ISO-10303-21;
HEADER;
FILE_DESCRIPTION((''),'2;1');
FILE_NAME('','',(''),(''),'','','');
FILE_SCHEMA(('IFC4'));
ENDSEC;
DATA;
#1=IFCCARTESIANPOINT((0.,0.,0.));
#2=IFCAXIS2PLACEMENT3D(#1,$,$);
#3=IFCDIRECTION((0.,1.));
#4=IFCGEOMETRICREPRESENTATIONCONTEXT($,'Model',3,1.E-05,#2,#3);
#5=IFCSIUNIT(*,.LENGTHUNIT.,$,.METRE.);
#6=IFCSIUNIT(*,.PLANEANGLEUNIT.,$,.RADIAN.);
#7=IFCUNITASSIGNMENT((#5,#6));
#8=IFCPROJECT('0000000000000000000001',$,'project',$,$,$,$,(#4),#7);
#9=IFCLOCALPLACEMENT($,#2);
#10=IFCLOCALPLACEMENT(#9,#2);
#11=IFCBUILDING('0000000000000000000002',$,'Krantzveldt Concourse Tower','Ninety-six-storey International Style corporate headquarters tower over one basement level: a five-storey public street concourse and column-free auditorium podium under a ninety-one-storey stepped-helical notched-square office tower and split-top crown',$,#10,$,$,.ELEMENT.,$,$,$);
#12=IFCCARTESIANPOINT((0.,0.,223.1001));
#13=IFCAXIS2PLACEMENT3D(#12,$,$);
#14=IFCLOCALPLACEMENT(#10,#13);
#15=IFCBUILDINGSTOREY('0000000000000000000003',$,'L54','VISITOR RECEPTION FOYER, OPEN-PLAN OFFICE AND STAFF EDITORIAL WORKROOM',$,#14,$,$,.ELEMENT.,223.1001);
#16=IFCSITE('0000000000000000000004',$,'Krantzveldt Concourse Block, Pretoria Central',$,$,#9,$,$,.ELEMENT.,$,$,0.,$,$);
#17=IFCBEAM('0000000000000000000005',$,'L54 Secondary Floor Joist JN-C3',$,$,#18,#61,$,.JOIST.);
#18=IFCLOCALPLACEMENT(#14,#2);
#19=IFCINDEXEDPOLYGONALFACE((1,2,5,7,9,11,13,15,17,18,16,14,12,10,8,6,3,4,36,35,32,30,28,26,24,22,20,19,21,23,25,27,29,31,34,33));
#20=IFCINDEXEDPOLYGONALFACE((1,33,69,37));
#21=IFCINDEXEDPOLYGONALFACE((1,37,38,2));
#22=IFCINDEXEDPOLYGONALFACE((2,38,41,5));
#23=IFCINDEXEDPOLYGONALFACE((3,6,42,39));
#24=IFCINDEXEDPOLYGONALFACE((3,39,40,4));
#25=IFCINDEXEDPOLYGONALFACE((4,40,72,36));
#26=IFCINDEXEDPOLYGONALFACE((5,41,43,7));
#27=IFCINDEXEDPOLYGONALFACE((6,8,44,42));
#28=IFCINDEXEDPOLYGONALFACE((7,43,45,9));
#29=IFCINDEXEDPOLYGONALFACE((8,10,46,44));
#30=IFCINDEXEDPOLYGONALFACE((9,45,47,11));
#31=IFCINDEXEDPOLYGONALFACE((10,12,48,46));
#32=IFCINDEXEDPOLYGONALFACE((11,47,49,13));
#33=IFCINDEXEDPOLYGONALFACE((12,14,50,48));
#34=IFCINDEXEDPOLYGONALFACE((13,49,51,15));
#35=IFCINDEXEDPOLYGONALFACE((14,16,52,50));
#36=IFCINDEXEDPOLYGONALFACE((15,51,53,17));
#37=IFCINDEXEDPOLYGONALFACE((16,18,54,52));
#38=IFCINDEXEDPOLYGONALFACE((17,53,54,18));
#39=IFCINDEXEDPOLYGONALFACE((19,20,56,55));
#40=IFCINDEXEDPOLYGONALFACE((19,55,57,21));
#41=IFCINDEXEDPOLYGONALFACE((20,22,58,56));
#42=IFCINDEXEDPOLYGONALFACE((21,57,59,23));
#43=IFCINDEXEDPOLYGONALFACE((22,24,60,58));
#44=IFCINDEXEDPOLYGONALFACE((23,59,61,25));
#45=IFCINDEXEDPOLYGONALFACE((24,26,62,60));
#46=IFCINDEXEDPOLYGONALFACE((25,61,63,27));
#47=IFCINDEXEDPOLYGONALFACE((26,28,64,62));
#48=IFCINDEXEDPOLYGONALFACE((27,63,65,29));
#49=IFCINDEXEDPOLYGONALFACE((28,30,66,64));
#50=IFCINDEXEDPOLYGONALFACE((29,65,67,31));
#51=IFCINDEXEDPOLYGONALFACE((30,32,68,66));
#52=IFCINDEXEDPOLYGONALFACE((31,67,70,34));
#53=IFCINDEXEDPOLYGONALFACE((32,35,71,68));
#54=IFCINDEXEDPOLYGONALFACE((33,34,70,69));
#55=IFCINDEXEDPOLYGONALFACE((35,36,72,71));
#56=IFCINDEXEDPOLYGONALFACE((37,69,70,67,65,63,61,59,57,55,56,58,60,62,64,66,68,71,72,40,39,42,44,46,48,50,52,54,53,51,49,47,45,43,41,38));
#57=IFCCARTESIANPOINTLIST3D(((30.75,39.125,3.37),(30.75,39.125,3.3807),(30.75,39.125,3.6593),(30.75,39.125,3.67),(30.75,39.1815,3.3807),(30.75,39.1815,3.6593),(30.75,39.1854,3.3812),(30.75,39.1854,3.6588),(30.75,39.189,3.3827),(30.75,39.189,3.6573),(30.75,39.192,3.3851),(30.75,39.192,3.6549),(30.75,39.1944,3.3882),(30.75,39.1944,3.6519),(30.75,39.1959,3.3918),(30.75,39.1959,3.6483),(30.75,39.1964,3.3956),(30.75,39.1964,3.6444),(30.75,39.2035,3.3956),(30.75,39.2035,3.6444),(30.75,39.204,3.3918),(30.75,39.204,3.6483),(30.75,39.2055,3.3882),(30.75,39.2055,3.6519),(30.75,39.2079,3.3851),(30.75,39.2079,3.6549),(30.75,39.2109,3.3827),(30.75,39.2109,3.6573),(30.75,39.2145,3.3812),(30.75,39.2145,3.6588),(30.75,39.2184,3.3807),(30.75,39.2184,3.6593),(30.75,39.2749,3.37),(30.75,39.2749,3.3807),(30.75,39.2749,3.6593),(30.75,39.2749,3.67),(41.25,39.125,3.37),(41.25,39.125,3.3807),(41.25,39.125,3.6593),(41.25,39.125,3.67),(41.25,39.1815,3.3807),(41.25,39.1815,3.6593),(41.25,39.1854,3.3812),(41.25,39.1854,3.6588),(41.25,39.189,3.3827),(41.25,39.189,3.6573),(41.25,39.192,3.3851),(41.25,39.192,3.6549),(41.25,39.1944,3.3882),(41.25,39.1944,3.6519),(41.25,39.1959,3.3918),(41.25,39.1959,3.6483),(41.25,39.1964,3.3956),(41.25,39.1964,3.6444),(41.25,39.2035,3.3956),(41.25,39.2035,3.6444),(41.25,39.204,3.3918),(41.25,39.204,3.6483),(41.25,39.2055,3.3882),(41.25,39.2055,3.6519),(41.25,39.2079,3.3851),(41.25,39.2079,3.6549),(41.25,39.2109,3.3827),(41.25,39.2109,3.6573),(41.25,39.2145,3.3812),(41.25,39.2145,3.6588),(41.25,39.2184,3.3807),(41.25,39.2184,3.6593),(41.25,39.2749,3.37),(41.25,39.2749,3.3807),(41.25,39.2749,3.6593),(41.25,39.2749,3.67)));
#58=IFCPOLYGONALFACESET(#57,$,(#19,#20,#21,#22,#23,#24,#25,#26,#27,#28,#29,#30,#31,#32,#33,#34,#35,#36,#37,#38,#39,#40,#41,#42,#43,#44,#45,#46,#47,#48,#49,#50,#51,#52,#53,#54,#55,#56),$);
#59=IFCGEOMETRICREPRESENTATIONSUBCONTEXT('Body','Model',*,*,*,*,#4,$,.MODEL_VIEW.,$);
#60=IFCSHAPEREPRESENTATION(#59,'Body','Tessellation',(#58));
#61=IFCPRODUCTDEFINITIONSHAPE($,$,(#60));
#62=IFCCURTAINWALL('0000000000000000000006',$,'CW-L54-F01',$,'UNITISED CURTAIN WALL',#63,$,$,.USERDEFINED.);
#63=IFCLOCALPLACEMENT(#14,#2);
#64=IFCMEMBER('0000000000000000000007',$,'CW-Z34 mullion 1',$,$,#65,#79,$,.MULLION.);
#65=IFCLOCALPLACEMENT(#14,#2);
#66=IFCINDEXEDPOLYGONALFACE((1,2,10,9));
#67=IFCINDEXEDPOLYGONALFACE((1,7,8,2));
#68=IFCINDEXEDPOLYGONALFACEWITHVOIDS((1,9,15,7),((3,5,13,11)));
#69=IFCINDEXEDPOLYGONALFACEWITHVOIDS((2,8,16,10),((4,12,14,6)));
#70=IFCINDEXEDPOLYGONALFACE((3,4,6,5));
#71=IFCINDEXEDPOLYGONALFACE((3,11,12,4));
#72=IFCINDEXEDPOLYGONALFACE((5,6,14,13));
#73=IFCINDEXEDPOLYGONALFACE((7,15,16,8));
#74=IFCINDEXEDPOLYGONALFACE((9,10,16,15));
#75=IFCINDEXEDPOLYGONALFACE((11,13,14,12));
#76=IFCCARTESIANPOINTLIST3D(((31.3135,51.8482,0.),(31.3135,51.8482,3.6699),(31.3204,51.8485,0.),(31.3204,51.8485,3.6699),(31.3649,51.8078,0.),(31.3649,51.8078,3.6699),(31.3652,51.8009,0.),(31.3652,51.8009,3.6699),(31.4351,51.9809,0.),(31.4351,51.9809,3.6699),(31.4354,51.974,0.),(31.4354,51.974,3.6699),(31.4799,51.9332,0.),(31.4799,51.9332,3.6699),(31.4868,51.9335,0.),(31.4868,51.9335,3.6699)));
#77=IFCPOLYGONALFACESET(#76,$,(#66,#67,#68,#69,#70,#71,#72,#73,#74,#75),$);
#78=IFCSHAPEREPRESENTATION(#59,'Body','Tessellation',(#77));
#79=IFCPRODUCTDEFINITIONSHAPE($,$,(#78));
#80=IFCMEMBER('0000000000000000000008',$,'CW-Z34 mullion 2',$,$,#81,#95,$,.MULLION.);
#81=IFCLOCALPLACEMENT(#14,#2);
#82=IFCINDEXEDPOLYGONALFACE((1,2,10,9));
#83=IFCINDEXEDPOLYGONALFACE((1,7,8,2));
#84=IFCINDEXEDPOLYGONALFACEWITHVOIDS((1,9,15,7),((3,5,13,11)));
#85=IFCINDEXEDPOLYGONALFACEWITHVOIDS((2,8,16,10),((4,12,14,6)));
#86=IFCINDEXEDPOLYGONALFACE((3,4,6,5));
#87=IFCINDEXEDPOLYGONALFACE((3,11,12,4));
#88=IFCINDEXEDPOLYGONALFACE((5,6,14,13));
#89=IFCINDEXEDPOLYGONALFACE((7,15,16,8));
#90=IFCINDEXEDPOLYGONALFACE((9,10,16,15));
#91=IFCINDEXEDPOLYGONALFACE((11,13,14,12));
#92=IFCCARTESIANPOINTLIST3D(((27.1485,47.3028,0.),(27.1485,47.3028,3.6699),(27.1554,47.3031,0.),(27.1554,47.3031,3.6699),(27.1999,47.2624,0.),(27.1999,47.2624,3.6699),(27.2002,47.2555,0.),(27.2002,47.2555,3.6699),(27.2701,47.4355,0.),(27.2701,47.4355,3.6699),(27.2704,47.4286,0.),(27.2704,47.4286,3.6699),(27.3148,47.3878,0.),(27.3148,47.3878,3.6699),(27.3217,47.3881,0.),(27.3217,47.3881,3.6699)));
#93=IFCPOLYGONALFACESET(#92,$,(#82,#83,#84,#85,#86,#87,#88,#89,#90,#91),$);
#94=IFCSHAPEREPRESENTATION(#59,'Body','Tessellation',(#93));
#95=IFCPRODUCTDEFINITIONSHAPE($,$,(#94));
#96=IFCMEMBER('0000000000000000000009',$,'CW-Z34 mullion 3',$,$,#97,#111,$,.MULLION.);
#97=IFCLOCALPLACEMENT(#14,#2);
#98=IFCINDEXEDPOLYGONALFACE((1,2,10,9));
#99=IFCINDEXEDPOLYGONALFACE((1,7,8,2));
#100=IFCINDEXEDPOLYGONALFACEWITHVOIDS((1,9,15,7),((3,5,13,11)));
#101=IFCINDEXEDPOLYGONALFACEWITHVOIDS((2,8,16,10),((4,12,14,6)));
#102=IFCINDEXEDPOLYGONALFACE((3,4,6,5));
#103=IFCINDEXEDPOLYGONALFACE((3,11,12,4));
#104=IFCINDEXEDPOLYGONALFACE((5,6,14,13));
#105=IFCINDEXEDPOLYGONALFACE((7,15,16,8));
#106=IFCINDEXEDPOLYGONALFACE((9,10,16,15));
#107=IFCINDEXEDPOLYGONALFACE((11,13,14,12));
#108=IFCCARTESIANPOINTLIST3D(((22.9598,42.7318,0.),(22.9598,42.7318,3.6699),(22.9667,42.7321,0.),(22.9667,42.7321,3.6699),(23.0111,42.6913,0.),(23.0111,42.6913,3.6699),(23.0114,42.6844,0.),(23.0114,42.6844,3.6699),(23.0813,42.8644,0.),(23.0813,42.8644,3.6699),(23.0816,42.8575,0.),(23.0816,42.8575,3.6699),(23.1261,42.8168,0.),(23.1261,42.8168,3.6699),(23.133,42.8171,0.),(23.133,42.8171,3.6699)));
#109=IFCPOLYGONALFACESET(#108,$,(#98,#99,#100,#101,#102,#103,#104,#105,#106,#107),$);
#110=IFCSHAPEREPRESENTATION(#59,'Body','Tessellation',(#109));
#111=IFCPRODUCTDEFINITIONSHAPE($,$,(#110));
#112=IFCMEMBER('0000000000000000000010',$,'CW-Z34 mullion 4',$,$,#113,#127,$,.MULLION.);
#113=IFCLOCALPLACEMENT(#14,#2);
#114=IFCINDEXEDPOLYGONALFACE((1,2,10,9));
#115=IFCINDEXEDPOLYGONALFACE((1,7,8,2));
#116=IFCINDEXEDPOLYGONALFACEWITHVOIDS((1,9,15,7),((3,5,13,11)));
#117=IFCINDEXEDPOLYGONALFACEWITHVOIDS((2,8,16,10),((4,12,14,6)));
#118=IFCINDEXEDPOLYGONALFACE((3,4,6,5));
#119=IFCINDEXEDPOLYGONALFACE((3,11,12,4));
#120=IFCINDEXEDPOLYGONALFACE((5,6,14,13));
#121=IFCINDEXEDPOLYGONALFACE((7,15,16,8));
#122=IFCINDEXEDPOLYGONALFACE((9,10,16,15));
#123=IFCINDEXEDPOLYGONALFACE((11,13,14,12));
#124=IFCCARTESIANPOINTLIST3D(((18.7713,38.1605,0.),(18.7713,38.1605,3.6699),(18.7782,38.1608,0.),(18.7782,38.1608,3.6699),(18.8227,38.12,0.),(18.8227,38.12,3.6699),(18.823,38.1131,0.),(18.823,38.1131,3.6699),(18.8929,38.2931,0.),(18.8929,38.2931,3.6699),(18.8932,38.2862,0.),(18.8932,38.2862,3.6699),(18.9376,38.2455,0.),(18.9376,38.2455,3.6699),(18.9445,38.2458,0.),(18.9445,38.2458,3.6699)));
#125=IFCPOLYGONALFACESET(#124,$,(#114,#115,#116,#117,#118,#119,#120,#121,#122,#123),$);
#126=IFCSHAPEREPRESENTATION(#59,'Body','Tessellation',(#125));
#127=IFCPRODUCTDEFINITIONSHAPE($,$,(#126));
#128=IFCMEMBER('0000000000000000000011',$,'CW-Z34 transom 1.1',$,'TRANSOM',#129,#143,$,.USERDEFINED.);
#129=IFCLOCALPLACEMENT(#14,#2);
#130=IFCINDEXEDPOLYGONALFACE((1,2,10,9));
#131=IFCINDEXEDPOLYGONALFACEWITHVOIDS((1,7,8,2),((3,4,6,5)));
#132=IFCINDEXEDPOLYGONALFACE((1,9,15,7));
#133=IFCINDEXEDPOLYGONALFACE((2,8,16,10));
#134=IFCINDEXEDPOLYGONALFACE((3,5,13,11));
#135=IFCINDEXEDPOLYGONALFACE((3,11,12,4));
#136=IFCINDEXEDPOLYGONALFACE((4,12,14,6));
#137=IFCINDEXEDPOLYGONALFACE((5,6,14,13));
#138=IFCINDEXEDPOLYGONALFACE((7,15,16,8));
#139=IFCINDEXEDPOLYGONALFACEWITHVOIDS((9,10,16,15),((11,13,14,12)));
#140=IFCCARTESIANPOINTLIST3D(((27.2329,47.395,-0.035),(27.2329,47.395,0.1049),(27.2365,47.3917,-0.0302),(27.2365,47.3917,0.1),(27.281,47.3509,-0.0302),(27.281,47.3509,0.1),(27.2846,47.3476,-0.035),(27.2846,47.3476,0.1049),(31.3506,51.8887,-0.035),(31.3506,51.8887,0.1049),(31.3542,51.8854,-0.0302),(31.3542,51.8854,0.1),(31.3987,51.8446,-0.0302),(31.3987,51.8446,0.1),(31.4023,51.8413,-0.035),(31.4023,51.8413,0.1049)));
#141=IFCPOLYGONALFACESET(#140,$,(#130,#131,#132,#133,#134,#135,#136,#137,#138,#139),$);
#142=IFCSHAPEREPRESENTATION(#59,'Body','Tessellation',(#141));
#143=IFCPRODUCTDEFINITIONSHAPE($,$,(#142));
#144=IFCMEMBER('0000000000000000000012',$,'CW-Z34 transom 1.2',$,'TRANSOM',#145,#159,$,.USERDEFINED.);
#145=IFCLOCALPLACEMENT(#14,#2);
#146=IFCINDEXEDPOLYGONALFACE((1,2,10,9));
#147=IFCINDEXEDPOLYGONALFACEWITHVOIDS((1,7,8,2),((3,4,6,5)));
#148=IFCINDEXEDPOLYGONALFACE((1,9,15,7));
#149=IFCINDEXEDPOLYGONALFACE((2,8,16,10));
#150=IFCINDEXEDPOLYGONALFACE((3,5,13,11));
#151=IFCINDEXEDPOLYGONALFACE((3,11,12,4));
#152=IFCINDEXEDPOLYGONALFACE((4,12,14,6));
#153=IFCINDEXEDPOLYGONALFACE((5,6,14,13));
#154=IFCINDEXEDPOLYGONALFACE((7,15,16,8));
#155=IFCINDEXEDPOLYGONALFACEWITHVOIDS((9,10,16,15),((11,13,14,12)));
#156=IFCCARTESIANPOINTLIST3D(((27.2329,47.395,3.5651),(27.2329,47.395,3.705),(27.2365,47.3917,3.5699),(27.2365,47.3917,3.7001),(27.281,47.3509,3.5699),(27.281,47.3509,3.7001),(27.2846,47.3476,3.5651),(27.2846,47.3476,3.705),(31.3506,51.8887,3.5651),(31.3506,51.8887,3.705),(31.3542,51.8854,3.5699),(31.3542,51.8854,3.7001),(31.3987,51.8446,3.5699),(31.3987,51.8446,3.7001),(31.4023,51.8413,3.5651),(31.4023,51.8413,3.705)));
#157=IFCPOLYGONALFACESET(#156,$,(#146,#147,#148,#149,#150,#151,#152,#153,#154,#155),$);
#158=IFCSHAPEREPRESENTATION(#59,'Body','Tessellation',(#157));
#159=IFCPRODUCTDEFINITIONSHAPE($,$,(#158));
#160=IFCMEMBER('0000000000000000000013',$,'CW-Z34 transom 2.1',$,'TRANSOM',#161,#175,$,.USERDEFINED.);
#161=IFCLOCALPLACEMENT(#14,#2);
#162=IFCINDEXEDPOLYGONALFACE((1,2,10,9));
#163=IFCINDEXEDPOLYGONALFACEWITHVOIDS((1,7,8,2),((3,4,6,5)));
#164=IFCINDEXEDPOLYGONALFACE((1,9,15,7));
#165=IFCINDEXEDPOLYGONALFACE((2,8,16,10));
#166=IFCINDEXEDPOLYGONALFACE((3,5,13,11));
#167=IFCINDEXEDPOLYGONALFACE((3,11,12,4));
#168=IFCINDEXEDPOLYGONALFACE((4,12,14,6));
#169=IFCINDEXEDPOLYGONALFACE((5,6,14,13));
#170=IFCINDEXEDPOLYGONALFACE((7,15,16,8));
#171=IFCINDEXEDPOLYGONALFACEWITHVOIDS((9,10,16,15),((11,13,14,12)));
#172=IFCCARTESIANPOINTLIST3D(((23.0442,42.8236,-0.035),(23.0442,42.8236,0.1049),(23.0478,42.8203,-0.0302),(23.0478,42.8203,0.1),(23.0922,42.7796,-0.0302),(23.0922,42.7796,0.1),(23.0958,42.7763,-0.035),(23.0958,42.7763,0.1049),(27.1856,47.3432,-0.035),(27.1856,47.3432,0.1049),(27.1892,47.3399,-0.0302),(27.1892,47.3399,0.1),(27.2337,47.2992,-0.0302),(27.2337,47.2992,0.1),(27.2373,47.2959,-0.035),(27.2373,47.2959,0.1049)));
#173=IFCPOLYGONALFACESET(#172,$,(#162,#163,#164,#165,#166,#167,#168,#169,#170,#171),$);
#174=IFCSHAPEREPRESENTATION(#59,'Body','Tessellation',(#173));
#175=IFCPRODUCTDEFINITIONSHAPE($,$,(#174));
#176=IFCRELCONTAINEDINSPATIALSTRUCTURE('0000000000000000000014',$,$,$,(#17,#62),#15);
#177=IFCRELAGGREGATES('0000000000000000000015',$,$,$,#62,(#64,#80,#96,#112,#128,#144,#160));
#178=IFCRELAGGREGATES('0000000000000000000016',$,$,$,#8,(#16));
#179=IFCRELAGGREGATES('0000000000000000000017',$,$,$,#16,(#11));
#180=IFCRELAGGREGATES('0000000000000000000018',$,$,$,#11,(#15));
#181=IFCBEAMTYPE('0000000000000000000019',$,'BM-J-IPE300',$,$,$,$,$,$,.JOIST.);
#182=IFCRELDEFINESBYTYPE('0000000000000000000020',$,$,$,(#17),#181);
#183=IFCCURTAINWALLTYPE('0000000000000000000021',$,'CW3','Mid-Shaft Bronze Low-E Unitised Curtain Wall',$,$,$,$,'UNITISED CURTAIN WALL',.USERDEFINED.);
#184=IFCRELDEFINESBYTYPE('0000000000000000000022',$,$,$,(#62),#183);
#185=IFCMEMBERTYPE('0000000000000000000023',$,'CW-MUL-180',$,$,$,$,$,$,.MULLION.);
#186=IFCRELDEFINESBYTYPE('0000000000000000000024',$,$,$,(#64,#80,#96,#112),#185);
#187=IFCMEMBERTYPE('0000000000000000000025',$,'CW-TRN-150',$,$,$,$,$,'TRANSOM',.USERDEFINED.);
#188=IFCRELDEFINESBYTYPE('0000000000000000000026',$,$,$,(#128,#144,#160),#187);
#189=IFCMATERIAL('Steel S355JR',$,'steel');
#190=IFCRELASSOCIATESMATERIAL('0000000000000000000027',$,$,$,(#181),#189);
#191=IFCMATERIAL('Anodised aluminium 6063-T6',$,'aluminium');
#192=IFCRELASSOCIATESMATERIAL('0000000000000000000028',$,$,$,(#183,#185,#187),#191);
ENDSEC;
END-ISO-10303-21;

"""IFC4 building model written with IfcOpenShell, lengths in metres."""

from ifc_helpers import new_model, si_unit, direction, frame, origin, origin_2d, place, context, subcontext, project, spatial, hollow_rectangle, i_section, extrude, source, transform, mapped, material, material_profile, profile_set, type_object, type_shapes, element, aggregate, save


model = new_model("IFC4")

# Units and contexts
model_context = context("Model", 3, precision=1e-05, world=origin(), true_north=direction((0.0, 1.0)))
body_context = subcontext(model_context, "Body", "Model", "MODEL_VIEW")
ifc_project = project(units=[si_unit("LENGTHUNIT", "METRE"), si_unit("PLANEANGLEUNIT", "RADIAN")], contexts=[model_context])

# Site, building, storey
site_placement = place(None, origin())
site = spatial("IfcSite", under=ifc_project, at=site_placement, Name="Krantzveldt Concourse Block, Pretoria Central", CompositionType="ELEMENT", RefElevation=0.0)
building_placement = place(site_placement, origin())
building = spatial("IfcBuilding", under=site, at=building_placement, Name="Krantzveldt Concourse Tower", Description="Ninety-six-storey International Style corporate headquarters tower over one basement level: a five-storey public street concourse and column-free auditorium podium under a ninety-one-storey stepped-helical notched-square office tower and split-top crown", CompositionType="ELEMENT")
storey_placement = place(building_placement, frame((0.0, 0.0, 223.1001)))
storey = spatial("IfcBuildingStorey", under=building, at=storey_placement, Name="L54", Description="VISITOR RECEPTION FOYER, OPEN-PLAN OFFICE AND STAFF EDITORIAL WORKROOM", CompositionType="ELEMENT", Elevation=223.1001)

# Beam
ifc_material_1 = material(Name="Steel S355JR", Category="steel")
ifc_material_profile_1 = material_profile(ifc_material_1, i_section(OverallWidth=0.1499, OverallDepth=0.3, WebThickness=0.0071, FlangeThickness=0.0107, FilletRadius=0.0149, at=origin_2d()), Name="Steel S355JR", Category="steel")
ifc_profile_set_1 = profile_set([ifc_material_profile_1], Name="Steel S355JR - IPE 300")
beam_type_1 = type_object("IfcBeamType", Name="BM-J-IPE300", PredefinedType="JOIST", material=ifc_profile_set_1)
shared_shape_1 = source(origin(), body_context, "Body", "SweptSolid", [
    extrude(i_section(OverallWidth=0.1499, OverallDepth=0.3, WebThickness=0.0071, FlangeThickness=0.0107, FilletRadius=0.0149, at=origin_2d()), origin(), (0.0, 0.0, 1.0), 10.5),
])
type_shapes(beam_type_1, [shared_shape_1])
beam_1_placement = place(storey_placement, frame((30.75, 39.2, 3.52), z_axis=(1.0, 0.0, 0.0), x_axis=(0.0, 1.0, 0.0)))
element("IfcBeam", 1, at=beam_1_placement, inside=storey, type_object=beam_type_1, Name="L54 Secondary Floor Joist JN-C3", PredefinedType="JOIST", context=body_context, shape_type="MappedRepresentation", body=[
    mapped(shared_shape_1, transform((0.0, 0.0, 0.0), x_axis=(1.0, 0.0, 0.0), y_axis=(0.0, 1.0, 0.0), z_axis=(0.0, 0.0, 1.0), scale=1.0)),
])

# Curtain wall, members
ifc_material_2 = material(Name="Anodised aluminium 6063-T6", Category="aluminium")
curtain_wall_type = type_object("IfcCurtainWallType", Name="CW3", Description="Mid-Shaft Bronze Low-E Unitised Curtain Wall", ElementType="UNITISED CURTAIN WALL", PredefinedType="USERDEFINED", material=ifc_material_2)
curtain_wall_placement = place(storey_placement, origin())
curtain_wall = element("IfcCurtainWall", 2, at=curtain_wall_placement, inside=storey, type_object=curtain_wall_type, Name="CW-L54-F01", ObjectType="UNITISED CURTAIN WALL", PredefinedType="USERDEFINED")
ifc_material_profile_2 = material_profile(ifc_material_2, hollow_rectangle(XDim=0.0701, YDim=0.1799, WallThickness=0.0049, at=origin_2d()), Name="Anodised aluminium 6063-T6", Category="aluminium")
ifc_profile_set_2 = profile_set([ifc_material_profile_2], Name="Anodised aluminium 6063-T6 - ALU-MULL 180x70x5")
member_type_1 = type_object("IfcMemberType", Name="CW-MUL-180", PredefinedType="MULLION", material=ifc_profile_set_2)
shared_shape_2 = source(origin(), body_context, "Body", "SweptSolid", [
    extrude(hollow_rectangle(XDim=0.0701, YDim=0.1799, WallThickness=0.0049, at=origin_2d()), origin(), (0.0, 0.0, 1.0), 3.6699),
])
type_shapes(member_type_1, [shared_shape_2])
member_1_placement = place(storey_placement, frame((31.4001, 51.8909, 0.0), z_axis=(0.0, 0.0, 1.0), x_axis=(0.737277, -0.67559, 0.0)))
member_1 = element("IfcMember", 3, at=member_1_placement, type_object=member_type_1, Name="CW-Z34 mullion 1", PredefinedType="MULLION", context=body_context, shape_type="MappedRepresentation", body=[
    mapped(shared_shape_2, transform((0.0, 0.0, 0.0), x_axis=(1.0, 0.0, 0.0), y_axis=(0.0, 1.0, 0.0), z_axis=(0.0, 0.0, 1.0), scale=1.0)),
])
member_2_placement = place(storey_placement, frame((27.2351, 47.3455, 0.0), z_axis=(0.0, 0.0, 1.0), x_axis=(0.737277, -0.67559, 0.0)))
member_2 = element("IfcMember", 4, at=member_2_placement, type_object=member_type_1, Name="CW-Z34 mullion 2", PredefinedType="MULLION", context=body_context, shape_type="MappedRepresentation", body=[
    mapped(shared_shape_2, transform((0.0, 0.0, 0.0), x_axis=(1.0, 0.0, 0.0), y_axis=(0.0, 1.0, 0.0), z_axis=(0.0, 0.0, 1.0), scale=1.0)),
])
member_3_placement = place(storey_placement, frame((23.0464, 42.7744, 0.0), z_axis=(0.0, 0.0, 1.0), x_axis=(0.737277, -0.67559, 0.0)))
member_3 = element("IfcMember", 5, at=member_3_placement, type_object=member_type_1, Name="CW-Z34 mullion 3", PredefinedType="MULLION", context=body_context, shape_type="MappedRepresentation", body=[
    mapped(shared_shape_2, transform((0.0, 0.0, 0.0), x_axis=(1.0, 0.0, 0.0), y_axis=(0.0, 1.0, 0.0), z_axis=(0.0, 0.0, 1.0), scale=1.0)),
])
member_4_placement = place(storey_placement, frame((18.8579, 38.2031, 0.0), z_axis=(0.0, 0.0, 1.0), x_axis=(0.737277, -0.67559, 0.0)))
member_4 = element("IfcMember", 6, at=member_4_placement, type_object=member_type_1, Name="CW-Z34 mullion 4", PredefinedType="MULLION", context=body_context, shape_type="MappedRepresentation", body=[
    mapped(shared_shape_2, transform((0.0, 0.0, 0.0), x_axis=(1.0, 0.0, 0.0), y_axis=(0.0, 1.0, 0.0), z_axis=(0.0, 0.0, 1.0), scale=1.0)),
])
ifc_material_profile_3 = material_profile(ifc_material_2, hollow_rectangle(XDim=0.0701, YDim=0.1399, WallThickness=0.0049, at=origin_2d()), Name="Anodised aluminium 6063-T6", Category="aluminium")
ifc_profile_set_3 = profile_set([ifc_material_profile_3], Name="Anodised aluminium 6063-T6 - ALU-TRAN 140x70x5")
member_type_2 = type_object("IfcMemberType", Name="CW-TRN-150", ElementType="TRANSOM", PredefinedType="USERDEFINED", material=ifc_profile_set_3)
shared_shape_3 = source(origin(), body_context, "Body", "SweptSolid", [
    extrude(hollow_rectangle(XDim=0.0701, YDim=0.1399, WallThickness=0.0049, at=origin_2d()), origin(), (0.0, 0.0, 1.0), 6.095),
])
member_5_placement = place(storey_placement, frame((31.3765, 51.865, 0.0349), z_axis=(-0.67559, -0.737277, 0.0), x_axis=(0.737277, -0.67559, 0.0)))
member_5 = element("IfcMember", 7, at=member_5_placement, type_object=member_type_2, Name="CW-Z34 transom 1.1", ObjectType="TRANSOM", PredefinedType="USERDEFINED", context=body_context, shape_type="MappedRepresentation", body=[
    mapped(shared_shape_3, transform((0.0, 0.0, 0.0), x_axis=(1.0, 0.0, 0.0), y_axis=(0.0, 1.0, 0.0), z_axis=(0.0, 0.0, 1.0), scale=1.0)),
])
member_6_placement = place(storey_placement, frame((31.3765, 51.865, 3.635), z_axis=(-0.67559, -0.737277, 0.0), x_axis=(0.737277, -0.67559, 0.0)))
member_6 = element("IfcMember", 8, at=member_6_placement, type_object=member_type_2, Name="CW-Z34 transom 1.2", ObjectType="TRANSOM", PredefinedType="USERDEFINED", context=body_context, shape_type="MappedRepresentation", body=[
    mapped(shared_shape_3, transform((0.0, 0.0, 0.0), x_axis=(1.0, 0.0, 0.0), y_axis=(0.0, 1.0, 0.0), z_axis=(0.0, 0.0, 1.0), scale=1.0)),
])
shared_shape_4 = source(origin(), body_context, "Body", "SweptSolid", [
    extrude(hollow_rectangle(XDim=0.0701, YDim=0.1399, WallThickness=0.0049, at=origin_2d()), origin(), (0.0, 0.0, 1.0), 6.1301),
])
type_shapes(member_type_2, [shared_shape_3, shared_shape_4])
member_7_placement = place(storey_placement, frame((27.2114, 47.3196, 0.0349), z_axis=(-0.675588, -0.73728, 0.0), x_axis=(0.73728, -0.675588, 0.0)))
member_7 = element("IfcMember", 9, at=member_7_placement, type_object=member_type_2, Name="CW-Z34 transom 2.1", ObjectType="TRANSOM", PredefinedType="USERDEFINED", context=body_context, shape_type="MappedRepresentation", body=[
    mapped(shared_shape_4, transform((0.0, 0.0, 0.0), x_axis=(1.0, 0.0, 0.0), y_axis=(0.0, 1.0, 0.0), z_axis=(0.0, 0.0, 1.0), scale=1.0)),
])
aggregate(curtain_wall, [member_1, member_2, member_3, member_4, member_5, member_6, member_7])

save(model, "model.ifc")
